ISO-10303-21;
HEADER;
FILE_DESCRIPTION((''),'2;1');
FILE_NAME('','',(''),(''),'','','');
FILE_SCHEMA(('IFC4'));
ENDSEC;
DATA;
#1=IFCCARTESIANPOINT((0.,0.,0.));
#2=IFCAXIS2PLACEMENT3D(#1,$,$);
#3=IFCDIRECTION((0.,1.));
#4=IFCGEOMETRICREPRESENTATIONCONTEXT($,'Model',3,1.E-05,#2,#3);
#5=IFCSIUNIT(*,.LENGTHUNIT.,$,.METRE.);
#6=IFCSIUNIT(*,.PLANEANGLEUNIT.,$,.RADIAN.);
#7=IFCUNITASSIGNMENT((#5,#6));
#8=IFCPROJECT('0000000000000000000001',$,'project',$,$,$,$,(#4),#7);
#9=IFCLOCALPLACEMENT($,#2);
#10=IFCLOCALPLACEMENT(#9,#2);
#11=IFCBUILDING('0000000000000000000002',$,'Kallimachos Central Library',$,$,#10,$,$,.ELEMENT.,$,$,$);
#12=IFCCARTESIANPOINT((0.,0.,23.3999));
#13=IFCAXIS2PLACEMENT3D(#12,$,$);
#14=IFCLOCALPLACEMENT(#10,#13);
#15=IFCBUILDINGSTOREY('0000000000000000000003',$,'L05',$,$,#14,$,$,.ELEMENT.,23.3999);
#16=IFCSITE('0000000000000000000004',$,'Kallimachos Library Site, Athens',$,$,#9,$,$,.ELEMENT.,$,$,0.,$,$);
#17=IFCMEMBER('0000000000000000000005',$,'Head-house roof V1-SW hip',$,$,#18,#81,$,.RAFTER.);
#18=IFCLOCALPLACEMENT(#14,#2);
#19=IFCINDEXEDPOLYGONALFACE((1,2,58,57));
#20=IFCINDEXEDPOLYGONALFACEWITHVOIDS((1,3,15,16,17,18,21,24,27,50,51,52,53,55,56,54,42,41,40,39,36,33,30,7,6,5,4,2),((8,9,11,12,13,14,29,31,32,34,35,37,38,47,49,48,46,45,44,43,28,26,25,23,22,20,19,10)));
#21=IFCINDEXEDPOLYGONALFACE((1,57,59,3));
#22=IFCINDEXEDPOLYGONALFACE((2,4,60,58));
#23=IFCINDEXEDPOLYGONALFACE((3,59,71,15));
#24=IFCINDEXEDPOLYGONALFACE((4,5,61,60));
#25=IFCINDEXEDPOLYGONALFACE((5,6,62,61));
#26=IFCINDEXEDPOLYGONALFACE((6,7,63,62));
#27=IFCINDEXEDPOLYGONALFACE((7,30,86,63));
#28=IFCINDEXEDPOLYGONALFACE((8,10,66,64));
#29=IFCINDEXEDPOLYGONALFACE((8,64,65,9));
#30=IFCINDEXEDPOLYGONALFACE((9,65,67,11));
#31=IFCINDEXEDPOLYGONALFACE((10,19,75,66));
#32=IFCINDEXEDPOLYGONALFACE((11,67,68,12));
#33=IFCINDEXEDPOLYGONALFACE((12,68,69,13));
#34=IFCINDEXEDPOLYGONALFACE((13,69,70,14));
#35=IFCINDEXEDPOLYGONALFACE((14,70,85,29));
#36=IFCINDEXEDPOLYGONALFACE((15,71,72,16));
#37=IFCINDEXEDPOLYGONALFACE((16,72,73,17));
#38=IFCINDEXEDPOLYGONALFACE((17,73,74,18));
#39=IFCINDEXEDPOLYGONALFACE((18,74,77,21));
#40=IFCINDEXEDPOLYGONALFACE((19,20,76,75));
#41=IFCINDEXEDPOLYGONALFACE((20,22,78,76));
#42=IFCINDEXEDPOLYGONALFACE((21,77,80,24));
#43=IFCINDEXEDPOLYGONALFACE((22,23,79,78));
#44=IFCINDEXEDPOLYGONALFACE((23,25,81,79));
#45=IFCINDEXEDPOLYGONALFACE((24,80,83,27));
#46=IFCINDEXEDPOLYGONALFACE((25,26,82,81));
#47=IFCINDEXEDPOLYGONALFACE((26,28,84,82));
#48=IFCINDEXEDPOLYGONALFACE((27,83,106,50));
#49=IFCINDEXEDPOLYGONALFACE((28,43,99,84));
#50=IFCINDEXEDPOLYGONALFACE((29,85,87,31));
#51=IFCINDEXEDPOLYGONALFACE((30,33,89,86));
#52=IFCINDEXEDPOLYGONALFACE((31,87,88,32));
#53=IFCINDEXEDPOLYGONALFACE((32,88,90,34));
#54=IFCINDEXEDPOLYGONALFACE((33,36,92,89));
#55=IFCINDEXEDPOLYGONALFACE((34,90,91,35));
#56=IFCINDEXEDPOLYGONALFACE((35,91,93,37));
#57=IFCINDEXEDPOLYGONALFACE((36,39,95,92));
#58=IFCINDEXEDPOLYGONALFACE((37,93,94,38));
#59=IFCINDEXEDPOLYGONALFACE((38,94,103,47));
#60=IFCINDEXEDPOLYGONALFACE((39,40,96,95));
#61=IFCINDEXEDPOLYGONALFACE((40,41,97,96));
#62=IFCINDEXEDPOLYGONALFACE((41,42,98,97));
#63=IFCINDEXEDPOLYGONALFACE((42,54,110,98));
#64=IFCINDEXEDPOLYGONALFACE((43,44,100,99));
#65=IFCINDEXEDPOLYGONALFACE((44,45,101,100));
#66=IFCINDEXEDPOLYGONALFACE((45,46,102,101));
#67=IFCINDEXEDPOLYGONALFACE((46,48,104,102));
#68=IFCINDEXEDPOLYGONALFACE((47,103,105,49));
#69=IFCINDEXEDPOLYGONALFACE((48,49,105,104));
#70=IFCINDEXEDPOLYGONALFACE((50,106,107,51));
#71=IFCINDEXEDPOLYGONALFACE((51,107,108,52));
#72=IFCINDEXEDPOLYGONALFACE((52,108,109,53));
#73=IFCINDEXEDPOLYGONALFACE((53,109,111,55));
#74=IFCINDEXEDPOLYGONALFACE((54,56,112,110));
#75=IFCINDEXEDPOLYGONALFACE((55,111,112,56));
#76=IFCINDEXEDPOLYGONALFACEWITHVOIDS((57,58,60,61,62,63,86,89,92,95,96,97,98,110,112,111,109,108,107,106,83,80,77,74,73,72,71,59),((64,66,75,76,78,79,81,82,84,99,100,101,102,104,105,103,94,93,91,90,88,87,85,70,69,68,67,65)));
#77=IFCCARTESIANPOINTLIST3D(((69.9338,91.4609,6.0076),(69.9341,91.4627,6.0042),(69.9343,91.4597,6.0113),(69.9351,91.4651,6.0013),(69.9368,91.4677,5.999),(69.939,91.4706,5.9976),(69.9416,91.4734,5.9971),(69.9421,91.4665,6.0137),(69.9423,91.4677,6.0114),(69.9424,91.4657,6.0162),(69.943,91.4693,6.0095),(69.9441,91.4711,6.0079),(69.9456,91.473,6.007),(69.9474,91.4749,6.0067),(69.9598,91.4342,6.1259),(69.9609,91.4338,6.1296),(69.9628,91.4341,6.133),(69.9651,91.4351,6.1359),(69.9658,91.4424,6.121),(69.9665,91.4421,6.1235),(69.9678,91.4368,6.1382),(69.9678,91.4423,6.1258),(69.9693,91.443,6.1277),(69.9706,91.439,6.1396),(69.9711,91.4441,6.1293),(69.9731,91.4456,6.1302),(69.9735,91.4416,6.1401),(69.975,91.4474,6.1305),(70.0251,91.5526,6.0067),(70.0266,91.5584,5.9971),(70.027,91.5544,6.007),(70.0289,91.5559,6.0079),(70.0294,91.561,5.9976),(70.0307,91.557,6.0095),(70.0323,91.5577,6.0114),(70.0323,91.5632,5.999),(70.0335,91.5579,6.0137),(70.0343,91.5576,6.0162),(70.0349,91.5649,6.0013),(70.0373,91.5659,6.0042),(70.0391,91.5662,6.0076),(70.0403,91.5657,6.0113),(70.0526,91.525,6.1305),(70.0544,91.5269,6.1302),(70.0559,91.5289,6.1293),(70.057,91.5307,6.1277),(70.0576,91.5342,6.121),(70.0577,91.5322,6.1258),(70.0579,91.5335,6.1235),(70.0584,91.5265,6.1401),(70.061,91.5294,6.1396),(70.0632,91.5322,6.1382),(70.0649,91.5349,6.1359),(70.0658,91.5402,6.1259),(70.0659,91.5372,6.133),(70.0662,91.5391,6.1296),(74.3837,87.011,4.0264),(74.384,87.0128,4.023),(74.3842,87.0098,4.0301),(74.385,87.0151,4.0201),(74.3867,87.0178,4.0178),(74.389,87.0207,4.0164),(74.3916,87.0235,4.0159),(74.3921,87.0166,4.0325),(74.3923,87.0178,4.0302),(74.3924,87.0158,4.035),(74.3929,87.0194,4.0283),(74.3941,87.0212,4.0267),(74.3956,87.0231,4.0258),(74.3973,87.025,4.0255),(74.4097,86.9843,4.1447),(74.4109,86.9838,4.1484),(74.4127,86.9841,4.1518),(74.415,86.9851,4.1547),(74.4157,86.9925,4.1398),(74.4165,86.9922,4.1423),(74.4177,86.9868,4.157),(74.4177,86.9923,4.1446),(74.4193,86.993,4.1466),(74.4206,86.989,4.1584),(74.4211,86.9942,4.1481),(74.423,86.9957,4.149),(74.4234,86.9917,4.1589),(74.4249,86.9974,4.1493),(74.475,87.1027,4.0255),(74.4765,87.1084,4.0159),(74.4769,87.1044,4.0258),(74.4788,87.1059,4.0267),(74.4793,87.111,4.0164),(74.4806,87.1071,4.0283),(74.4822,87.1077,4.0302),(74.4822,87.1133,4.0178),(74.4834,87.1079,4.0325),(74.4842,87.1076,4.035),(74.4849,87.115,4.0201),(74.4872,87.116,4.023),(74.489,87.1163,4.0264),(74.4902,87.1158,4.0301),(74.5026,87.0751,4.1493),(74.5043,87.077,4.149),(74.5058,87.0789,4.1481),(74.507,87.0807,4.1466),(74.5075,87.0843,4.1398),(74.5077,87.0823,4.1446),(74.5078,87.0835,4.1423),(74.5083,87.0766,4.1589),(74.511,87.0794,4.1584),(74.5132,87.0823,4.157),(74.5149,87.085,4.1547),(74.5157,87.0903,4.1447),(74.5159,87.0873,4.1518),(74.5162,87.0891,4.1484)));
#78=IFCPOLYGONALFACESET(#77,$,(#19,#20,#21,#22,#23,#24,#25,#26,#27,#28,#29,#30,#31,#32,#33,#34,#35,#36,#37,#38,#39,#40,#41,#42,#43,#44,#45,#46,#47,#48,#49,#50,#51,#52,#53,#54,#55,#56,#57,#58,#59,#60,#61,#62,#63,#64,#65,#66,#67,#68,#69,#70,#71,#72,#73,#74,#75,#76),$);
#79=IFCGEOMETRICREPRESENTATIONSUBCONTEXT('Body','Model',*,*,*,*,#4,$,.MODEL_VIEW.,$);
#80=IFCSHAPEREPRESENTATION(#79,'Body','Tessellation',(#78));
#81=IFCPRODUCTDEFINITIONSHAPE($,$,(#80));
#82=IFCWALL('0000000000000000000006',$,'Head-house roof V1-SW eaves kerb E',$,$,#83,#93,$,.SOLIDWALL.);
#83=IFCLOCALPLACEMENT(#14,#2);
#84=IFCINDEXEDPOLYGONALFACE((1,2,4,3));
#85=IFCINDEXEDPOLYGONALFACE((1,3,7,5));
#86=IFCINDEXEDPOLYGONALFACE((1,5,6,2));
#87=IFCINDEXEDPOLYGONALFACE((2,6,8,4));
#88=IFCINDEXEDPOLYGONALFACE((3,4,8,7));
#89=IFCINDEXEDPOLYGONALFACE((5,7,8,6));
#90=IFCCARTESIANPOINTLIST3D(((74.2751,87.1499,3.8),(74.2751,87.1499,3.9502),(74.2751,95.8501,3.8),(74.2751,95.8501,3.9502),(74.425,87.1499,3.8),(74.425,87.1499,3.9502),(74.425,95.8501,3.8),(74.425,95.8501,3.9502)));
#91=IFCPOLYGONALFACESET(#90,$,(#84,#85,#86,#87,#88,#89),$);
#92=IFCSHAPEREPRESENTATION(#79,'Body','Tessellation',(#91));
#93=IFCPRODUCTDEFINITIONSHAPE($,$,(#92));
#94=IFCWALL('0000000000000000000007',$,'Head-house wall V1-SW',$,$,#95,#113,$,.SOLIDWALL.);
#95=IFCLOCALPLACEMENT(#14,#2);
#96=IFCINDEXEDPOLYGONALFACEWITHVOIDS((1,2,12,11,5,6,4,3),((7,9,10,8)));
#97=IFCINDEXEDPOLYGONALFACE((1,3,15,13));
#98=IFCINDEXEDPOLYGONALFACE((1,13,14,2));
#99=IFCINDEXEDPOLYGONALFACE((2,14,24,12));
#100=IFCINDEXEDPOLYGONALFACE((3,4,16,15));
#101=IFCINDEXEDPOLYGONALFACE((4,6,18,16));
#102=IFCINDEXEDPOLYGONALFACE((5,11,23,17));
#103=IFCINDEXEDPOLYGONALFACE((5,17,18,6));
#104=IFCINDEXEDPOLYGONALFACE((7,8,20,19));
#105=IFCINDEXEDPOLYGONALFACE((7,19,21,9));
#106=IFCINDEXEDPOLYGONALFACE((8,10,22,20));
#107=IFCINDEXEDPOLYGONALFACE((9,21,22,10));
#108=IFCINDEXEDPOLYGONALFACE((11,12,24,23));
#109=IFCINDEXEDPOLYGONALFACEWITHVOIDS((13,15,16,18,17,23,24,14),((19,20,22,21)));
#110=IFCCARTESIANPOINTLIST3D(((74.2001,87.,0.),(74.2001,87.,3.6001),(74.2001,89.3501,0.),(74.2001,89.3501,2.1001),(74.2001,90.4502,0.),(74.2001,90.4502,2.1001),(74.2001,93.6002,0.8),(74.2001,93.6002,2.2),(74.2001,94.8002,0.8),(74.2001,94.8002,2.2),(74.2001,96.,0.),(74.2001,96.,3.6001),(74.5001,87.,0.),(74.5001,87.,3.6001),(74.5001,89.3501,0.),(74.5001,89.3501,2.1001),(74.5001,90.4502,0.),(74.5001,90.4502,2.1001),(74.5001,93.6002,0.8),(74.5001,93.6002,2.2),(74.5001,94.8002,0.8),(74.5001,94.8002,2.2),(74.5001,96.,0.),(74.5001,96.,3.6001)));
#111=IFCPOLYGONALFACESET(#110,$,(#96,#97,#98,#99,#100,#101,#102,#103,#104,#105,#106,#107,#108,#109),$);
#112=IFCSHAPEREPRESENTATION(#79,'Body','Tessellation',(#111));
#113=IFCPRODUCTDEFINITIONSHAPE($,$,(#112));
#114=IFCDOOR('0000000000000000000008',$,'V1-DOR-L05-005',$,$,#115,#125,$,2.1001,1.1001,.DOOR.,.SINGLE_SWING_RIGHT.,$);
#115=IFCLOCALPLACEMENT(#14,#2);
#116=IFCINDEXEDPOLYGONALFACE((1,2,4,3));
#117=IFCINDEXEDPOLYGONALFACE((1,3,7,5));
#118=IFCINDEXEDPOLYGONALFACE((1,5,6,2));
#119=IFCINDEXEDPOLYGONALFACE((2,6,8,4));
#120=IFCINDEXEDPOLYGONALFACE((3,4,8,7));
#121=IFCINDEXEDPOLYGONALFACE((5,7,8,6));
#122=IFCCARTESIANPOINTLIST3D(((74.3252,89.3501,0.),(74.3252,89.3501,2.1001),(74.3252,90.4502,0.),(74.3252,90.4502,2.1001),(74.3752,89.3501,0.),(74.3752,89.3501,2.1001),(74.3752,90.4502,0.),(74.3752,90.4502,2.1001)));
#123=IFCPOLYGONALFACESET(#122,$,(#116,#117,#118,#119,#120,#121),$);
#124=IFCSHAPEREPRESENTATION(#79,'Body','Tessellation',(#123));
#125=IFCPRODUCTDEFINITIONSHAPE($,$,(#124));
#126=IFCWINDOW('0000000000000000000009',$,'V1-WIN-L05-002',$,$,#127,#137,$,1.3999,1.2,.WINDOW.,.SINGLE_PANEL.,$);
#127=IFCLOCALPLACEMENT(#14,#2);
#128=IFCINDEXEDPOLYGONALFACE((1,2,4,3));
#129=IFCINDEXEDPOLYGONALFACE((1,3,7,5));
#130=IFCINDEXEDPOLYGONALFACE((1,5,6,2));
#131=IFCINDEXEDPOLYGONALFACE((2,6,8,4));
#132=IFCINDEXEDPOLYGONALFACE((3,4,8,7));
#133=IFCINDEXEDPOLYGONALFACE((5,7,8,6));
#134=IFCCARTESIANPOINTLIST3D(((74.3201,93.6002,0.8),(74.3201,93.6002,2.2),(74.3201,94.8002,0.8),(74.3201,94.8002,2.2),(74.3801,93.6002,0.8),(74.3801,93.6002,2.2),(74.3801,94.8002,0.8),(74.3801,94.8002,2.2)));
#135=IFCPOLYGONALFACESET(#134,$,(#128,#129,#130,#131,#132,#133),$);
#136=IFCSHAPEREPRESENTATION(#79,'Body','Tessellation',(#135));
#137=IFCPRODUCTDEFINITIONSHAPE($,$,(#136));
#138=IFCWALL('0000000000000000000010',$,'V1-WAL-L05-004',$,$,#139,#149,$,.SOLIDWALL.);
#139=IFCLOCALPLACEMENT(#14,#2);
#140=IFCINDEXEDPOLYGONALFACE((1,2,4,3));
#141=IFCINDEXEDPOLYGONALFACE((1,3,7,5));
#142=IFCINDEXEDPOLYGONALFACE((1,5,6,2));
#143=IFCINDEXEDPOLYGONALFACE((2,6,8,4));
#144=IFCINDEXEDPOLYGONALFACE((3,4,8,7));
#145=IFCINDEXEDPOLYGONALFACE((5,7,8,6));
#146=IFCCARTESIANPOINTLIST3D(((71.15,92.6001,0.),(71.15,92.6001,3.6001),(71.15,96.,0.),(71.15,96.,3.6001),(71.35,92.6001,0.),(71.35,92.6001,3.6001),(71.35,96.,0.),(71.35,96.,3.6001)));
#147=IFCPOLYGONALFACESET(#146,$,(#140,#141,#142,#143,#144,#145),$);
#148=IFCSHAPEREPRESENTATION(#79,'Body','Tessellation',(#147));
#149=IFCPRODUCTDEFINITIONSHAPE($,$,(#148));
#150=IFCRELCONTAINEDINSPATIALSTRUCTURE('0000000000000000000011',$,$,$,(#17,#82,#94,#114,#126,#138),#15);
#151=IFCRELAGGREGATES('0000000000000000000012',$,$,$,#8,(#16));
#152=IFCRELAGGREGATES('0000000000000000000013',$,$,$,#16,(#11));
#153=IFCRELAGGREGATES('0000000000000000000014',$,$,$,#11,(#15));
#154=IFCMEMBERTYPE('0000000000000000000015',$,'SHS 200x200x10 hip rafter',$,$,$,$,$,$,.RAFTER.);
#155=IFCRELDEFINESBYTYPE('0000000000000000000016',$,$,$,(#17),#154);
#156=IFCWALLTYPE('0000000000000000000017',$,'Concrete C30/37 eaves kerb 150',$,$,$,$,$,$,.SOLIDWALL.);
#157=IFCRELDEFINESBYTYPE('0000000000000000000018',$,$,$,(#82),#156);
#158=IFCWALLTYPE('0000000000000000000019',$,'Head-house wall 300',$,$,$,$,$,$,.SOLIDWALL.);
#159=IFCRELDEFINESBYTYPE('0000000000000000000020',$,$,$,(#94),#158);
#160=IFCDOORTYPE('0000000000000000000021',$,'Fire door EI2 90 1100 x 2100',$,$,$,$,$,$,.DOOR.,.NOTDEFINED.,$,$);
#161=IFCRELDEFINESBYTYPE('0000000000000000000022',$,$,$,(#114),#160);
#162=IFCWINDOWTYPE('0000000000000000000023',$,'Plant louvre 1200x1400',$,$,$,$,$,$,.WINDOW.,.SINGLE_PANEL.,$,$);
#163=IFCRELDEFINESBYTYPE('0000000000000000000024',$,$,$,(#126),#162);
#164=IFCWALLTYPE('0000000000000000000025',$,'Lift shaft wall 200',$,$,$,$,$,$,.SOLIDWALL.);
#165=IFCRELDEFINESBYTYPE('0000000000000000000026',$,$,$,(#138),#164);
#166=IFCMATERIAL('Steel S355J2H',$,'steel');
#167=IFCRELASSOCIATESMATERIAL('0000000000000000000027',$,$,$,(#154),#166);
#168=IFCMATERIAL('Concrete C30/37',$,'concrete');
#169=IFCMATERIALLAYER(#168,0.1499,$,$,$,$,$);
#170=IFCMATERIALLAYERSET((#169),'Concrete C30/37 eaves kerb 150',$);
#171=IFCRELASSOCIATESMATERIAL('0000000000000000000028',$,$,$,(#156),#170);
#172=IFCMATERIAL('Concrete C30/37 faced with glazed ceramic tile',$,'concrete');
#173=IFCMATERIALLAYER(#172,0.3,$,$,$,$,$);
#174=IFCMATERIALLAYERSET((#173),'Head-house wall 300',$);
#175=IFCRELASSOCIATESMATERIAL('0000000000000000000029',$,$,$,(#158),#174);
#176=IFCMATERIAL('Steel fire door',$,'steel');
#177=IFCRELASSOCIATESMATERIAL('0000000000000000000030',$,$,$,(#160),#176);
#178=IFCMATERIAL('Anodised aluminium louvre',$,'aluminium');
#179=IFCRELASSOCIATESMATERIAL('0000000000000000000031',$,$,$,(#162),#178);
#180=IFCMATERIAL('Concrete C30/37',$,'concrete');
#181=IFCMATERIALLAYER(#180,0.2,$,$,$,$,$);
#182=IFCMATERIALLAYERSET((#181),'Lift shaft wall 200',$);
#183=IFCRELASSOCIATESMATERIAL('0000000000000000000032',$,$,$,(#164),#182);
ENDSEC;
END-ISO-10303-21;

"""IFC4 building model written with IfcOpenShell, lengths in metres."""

from ifc_helpers import new_model, si_unit, direction, frame, frame_2d, origin, origin_2d, place, context, subcontext, project, spatial, rectangle, hollow_rectangle, extrude, material, layer, layer_set, material_profile, profile_set, type_object, element, fill, save


model = new_model("IFC4")

# Units and contexts
model_context = context("Model", 3, precision=1e-05, world=origin(), true_north=direction((0.0, 1.0)))
body_context = subcontext(model_context, "Body", "Model", "MODEL_VIEW")
ifc_project = project(units=[si_unit("LENGTHUNIT", "METRE"), si_unit("PLANEANGLEUNIT", "RADIAN")], contexts=[model_context])

# Site, building, storey
site_placement = place(None, origin())
site = spatial("IfcSite", under=ifc_project, at=site_placement, Name="Kallimachos Library Site, Athens", CompositionType="ELEMENT", RefElevation=0.0)
building_placement = place(site_placement, origin())
building = spatial("IfcBuilding", under=site, at=building_placement, Name="Kallimachos Central Library", CompositionType="ELEMENT")
storey_placement = place(building_placement, frame((0.0, 0.0, 23.3999)))
storey = spatial("IfcBuildingStorey", under=building, at=storey_placement, Name="L05", CompositionType="ELEMENT", Elevation=23.3999)

# Member
ifc_material_1 = material(Name="Steel S355J2H", Category="steel")
ifc_material_profile_1 = material_profile(ifc_material_1, hollow_rectangle(XDim=0.1499, YDim=0.1499, WallThickness=0.01, InnerFilletRadius=0.01, OuterFilletRadius=0.0149, at=origin_2d()), Name="SHS 150x150x10")
ifc_profile_set_1 = profile_set([ifc_material_profile_1], Name="Steel S355J2H")
member_type_1 = type_object("IfcMemberType", Name="SHS 200x200x10 hip rafter", PredefinedType="RAFTER", material=ifc_profile_set_1)
member_1_placement = place(storey_placement, frame((74.45, 87.05, 4.0874), z_axis=(-0.674473, 0.674473, 0.300288), x_axis=(-0.707107, -0.707107, 0.0)))
element("IfcMember", 1, at=member_1_placement, inside=storey, type_object=member_type_1, Name="Head-house roof V1-SW hip", PredefinedType="RAFTER", context=body_context, shape_type="SweptSolid", body=[
    extrude(hollow_rectangle(XDim=0.1499, YDim=0.1499, WallThickness=0.01, InnerFilletRadius=0.01, OuterFilletRadius=0.0149, at=origin_2d()), origin(), (0.0, 0.0, 1.0), 6.5977),
])

# Wall
ifc_material_2 = material(Name="Concrete C30/37", Category="concrete")
ifc_layer_1 = layer(ifc_material_2, 0.1499)
ifc_layer_set_1 = layer_set([ifc_layer_1], Name="Concrete C30/37 eaves kerb 150")
wall_type_1 = type_object("IfcWallType", Name="Concrete C30/37 eaves kerb 150", PredefinedType="SOLIDWALL", material=ifc_layer_set_1)
wall_1_placement = place(storey_placement, frame((74.3501, 87.1499, 3.8), z_axis=(0.0, 0.0, 1.0), x_axis=(0.0, 1.0, 0.0)))
element("IfcWall", 2, at=wall_1_placement, inside=storey, type_object=wall_type_1, Name="Head-house roof V1-SW eaves kerb E", PredefinedType="SOLIDWALL", context=body_context, shape_type="SweptSolid", body=[
    extrude(rectangle(XDim=8.7002, YDim=0.1499, at=frame_2d((4.3501, 0.0))), origin(), (0.0, 0.0, 1.0), 0.1501),
])

# Wall, openings, door, window
ifc_material_3 = material(Name="Concrete C30/37 faced with glazed ceramic tile", Category="concrete")
ifc_layer_2 = layer(ifc_material_3, 0.3)
ifc_layer_set_2 = layer_set([ifc_layer_2], Name="Head-house wall 300")
wall_type_2 = type_object("IfcWallType", Name="Head-house wall 300", PredefinedType="SOLIDWALL", material=ifc_layer_set_2)
wall_2_placement = place(storey_placement, frame((74.3501, 87.0, 0.0), z_axis=(0.0, 0.0, 1.0), x_axis=(0.0, 1.0, 0.0)))
wall_2 = element("IfcWall", 3, at=wall_2_placement, inside=storey, type_object=wall_type_2, Name="Head-house wall V1-SW", PredefinedType="SOLIDWALL", context=body_context, shape_type="SweptSolid", body=[
    extrude(rectangle(XDim=9.0, YDim=0.3, at=frame_2d((4.5, 0.0))), origin(), (0.0, 0.0, 1.0), 3.6001),
])
opening_1_placement = place(wall_2_placement, frame((6.6001, 0.0, 0.8)))
opening_1 = element("IfcOpeningElement", 4, at=opening_1_placement, cuts=wall_2, PredefinedType="OPENING", context=body_context, shape_type="SweptSolid", body=[
    extrude(rectangle(XDim=1.2, YDim=1.3999, at=frame_2d((0.6001, 0.7))), frame((0.0, 0.1599, 0.0), z_axis=(0.0, -1.0, 0.0), x_axis=(1.0, 0.0, 0.0)), (0.0, 0.0, 1.0), 0.3201),
])
opening_2_placement = place(wall_2_placement, frame((2.3501, 0.0, 0.0)))
opening_2 = element("IfcOpeningElement", 5, at=opening_2_placement, cuts=wall_2, PredefinedType="OPENING", context=body_context, shape_type="SweptSolid", body=[
    extrude(rectangle(XDim=1.1001, YDim=2.1001, at=frame_2d((0.55, 1.05))), frame((0.0, 0.1599, 0.0), z_axis=(0.0, -1.0, 0.0), x_axis=(1.0, 0.0, 0.0)), (0.0, 0.0, 1.0), 0.3201),
])
ifc_material_4 = material(Name="Steel fire door", Category="steel")
door_type_1 = type_object("IfcDoorType", Name="Fire door EI2 90 1100 x 2100", OperationType="NOTDEFINED", PredefinedType="DOOR", material=ifc_material_4)
door_1_placement = place(opening_2_placement, origin())
door_1 = element("IfcDoor", 6, at=door_1_placement, inside=storey, type_object=door_type_1, Name="V1-DOR-L05-005", OperationType="SINGLE_SWING_RIGHT", OverallHeight=2.1001, OverallWidth=1.1001, PredefinedType="DOOR", context=body_context, shape_type="SweptSolid", body=[
    extrude(rectangle(XDim=1.1001, YDim=2.1001, at=frame_2d((0.55, 1.05))), frame((0.0, 0.0249, 0.0), z_axis=(0.0, -1.0, 0.0), x_axis=(1.0, 0.0, 0.0)), (0.0, 0.0, 1.0), 0.05),
])
fill(opening_2, door_1)
ifc_material_5 = material(Name="Anodised aluminium louvre", Category="aluminium")
window_type = type_object("IfcWindowType", Name="Plant louvre 1200x1400", PartitioningType="SINGLE_PANEL", PredefinedType="WINDOW", material=ifc_material_5)
window_placement = place(opening_1_placement, origin())
window = element("IfcWindow", 7, at=window_placement, inside=storey, type_object=window_type, Name="V1-WIN-L05-002", OverallHeight=1.3999, OverallWidth=1.2, PartitioningType="SINGLE_PANEL", PredefinedType="WINDOW", context=body_context, shape_type="SweptSolid", body=[
    extrude(rectangle(XDim=1.2, YDim=1.3999, at=frame_2d((0.6001, 0.7))), frame((0.0, 0.03, 0.0), z_axis=(0.0, -1.0, 0.0), x_axis=(1.0, 0.0, 0.0)), (0.0, 0.0, 1.0), 0.0601),
])
fill(opening_1, window)

# Wall
ifc_material_6 = material(Name="Concrete C30/37", Category="concrete")
ifc_layer_3 = layer(ifc_material_6, 0.2)
ifc_layer_set_3 = layer_set([ifc_layer_3], Name="Lift shaft wall 200")
wall_type_3 = type_object("IfcWallType", Name="Lift shaft wall 200", PredefinedType="SOLIDWALL", material=ifc_layer_set_3)
wall_3_placement = place(storey_placement, frame((71.25, 92.6001, 0.0), z_axis=(0.0, 0.0, 1.0), x_axis=(0.0, 1.0, 0.0)))
element("IfcWall", 8, at=wall_3_placement, inside=storey, type_object=wall_type_3, Name="V1-WAL-L05-004", PredefinedType="SOLIDWALL", context=body_context, shape_type="SweptSolid", body=[
    extrude(rectangle(XDim=3.3999, YDim=0.2, at=frame_2d((1.7, 0.0))), origin(), (0.0, 0.0, 1.0), 3.6001),
])

save(model, "model.ifc")
